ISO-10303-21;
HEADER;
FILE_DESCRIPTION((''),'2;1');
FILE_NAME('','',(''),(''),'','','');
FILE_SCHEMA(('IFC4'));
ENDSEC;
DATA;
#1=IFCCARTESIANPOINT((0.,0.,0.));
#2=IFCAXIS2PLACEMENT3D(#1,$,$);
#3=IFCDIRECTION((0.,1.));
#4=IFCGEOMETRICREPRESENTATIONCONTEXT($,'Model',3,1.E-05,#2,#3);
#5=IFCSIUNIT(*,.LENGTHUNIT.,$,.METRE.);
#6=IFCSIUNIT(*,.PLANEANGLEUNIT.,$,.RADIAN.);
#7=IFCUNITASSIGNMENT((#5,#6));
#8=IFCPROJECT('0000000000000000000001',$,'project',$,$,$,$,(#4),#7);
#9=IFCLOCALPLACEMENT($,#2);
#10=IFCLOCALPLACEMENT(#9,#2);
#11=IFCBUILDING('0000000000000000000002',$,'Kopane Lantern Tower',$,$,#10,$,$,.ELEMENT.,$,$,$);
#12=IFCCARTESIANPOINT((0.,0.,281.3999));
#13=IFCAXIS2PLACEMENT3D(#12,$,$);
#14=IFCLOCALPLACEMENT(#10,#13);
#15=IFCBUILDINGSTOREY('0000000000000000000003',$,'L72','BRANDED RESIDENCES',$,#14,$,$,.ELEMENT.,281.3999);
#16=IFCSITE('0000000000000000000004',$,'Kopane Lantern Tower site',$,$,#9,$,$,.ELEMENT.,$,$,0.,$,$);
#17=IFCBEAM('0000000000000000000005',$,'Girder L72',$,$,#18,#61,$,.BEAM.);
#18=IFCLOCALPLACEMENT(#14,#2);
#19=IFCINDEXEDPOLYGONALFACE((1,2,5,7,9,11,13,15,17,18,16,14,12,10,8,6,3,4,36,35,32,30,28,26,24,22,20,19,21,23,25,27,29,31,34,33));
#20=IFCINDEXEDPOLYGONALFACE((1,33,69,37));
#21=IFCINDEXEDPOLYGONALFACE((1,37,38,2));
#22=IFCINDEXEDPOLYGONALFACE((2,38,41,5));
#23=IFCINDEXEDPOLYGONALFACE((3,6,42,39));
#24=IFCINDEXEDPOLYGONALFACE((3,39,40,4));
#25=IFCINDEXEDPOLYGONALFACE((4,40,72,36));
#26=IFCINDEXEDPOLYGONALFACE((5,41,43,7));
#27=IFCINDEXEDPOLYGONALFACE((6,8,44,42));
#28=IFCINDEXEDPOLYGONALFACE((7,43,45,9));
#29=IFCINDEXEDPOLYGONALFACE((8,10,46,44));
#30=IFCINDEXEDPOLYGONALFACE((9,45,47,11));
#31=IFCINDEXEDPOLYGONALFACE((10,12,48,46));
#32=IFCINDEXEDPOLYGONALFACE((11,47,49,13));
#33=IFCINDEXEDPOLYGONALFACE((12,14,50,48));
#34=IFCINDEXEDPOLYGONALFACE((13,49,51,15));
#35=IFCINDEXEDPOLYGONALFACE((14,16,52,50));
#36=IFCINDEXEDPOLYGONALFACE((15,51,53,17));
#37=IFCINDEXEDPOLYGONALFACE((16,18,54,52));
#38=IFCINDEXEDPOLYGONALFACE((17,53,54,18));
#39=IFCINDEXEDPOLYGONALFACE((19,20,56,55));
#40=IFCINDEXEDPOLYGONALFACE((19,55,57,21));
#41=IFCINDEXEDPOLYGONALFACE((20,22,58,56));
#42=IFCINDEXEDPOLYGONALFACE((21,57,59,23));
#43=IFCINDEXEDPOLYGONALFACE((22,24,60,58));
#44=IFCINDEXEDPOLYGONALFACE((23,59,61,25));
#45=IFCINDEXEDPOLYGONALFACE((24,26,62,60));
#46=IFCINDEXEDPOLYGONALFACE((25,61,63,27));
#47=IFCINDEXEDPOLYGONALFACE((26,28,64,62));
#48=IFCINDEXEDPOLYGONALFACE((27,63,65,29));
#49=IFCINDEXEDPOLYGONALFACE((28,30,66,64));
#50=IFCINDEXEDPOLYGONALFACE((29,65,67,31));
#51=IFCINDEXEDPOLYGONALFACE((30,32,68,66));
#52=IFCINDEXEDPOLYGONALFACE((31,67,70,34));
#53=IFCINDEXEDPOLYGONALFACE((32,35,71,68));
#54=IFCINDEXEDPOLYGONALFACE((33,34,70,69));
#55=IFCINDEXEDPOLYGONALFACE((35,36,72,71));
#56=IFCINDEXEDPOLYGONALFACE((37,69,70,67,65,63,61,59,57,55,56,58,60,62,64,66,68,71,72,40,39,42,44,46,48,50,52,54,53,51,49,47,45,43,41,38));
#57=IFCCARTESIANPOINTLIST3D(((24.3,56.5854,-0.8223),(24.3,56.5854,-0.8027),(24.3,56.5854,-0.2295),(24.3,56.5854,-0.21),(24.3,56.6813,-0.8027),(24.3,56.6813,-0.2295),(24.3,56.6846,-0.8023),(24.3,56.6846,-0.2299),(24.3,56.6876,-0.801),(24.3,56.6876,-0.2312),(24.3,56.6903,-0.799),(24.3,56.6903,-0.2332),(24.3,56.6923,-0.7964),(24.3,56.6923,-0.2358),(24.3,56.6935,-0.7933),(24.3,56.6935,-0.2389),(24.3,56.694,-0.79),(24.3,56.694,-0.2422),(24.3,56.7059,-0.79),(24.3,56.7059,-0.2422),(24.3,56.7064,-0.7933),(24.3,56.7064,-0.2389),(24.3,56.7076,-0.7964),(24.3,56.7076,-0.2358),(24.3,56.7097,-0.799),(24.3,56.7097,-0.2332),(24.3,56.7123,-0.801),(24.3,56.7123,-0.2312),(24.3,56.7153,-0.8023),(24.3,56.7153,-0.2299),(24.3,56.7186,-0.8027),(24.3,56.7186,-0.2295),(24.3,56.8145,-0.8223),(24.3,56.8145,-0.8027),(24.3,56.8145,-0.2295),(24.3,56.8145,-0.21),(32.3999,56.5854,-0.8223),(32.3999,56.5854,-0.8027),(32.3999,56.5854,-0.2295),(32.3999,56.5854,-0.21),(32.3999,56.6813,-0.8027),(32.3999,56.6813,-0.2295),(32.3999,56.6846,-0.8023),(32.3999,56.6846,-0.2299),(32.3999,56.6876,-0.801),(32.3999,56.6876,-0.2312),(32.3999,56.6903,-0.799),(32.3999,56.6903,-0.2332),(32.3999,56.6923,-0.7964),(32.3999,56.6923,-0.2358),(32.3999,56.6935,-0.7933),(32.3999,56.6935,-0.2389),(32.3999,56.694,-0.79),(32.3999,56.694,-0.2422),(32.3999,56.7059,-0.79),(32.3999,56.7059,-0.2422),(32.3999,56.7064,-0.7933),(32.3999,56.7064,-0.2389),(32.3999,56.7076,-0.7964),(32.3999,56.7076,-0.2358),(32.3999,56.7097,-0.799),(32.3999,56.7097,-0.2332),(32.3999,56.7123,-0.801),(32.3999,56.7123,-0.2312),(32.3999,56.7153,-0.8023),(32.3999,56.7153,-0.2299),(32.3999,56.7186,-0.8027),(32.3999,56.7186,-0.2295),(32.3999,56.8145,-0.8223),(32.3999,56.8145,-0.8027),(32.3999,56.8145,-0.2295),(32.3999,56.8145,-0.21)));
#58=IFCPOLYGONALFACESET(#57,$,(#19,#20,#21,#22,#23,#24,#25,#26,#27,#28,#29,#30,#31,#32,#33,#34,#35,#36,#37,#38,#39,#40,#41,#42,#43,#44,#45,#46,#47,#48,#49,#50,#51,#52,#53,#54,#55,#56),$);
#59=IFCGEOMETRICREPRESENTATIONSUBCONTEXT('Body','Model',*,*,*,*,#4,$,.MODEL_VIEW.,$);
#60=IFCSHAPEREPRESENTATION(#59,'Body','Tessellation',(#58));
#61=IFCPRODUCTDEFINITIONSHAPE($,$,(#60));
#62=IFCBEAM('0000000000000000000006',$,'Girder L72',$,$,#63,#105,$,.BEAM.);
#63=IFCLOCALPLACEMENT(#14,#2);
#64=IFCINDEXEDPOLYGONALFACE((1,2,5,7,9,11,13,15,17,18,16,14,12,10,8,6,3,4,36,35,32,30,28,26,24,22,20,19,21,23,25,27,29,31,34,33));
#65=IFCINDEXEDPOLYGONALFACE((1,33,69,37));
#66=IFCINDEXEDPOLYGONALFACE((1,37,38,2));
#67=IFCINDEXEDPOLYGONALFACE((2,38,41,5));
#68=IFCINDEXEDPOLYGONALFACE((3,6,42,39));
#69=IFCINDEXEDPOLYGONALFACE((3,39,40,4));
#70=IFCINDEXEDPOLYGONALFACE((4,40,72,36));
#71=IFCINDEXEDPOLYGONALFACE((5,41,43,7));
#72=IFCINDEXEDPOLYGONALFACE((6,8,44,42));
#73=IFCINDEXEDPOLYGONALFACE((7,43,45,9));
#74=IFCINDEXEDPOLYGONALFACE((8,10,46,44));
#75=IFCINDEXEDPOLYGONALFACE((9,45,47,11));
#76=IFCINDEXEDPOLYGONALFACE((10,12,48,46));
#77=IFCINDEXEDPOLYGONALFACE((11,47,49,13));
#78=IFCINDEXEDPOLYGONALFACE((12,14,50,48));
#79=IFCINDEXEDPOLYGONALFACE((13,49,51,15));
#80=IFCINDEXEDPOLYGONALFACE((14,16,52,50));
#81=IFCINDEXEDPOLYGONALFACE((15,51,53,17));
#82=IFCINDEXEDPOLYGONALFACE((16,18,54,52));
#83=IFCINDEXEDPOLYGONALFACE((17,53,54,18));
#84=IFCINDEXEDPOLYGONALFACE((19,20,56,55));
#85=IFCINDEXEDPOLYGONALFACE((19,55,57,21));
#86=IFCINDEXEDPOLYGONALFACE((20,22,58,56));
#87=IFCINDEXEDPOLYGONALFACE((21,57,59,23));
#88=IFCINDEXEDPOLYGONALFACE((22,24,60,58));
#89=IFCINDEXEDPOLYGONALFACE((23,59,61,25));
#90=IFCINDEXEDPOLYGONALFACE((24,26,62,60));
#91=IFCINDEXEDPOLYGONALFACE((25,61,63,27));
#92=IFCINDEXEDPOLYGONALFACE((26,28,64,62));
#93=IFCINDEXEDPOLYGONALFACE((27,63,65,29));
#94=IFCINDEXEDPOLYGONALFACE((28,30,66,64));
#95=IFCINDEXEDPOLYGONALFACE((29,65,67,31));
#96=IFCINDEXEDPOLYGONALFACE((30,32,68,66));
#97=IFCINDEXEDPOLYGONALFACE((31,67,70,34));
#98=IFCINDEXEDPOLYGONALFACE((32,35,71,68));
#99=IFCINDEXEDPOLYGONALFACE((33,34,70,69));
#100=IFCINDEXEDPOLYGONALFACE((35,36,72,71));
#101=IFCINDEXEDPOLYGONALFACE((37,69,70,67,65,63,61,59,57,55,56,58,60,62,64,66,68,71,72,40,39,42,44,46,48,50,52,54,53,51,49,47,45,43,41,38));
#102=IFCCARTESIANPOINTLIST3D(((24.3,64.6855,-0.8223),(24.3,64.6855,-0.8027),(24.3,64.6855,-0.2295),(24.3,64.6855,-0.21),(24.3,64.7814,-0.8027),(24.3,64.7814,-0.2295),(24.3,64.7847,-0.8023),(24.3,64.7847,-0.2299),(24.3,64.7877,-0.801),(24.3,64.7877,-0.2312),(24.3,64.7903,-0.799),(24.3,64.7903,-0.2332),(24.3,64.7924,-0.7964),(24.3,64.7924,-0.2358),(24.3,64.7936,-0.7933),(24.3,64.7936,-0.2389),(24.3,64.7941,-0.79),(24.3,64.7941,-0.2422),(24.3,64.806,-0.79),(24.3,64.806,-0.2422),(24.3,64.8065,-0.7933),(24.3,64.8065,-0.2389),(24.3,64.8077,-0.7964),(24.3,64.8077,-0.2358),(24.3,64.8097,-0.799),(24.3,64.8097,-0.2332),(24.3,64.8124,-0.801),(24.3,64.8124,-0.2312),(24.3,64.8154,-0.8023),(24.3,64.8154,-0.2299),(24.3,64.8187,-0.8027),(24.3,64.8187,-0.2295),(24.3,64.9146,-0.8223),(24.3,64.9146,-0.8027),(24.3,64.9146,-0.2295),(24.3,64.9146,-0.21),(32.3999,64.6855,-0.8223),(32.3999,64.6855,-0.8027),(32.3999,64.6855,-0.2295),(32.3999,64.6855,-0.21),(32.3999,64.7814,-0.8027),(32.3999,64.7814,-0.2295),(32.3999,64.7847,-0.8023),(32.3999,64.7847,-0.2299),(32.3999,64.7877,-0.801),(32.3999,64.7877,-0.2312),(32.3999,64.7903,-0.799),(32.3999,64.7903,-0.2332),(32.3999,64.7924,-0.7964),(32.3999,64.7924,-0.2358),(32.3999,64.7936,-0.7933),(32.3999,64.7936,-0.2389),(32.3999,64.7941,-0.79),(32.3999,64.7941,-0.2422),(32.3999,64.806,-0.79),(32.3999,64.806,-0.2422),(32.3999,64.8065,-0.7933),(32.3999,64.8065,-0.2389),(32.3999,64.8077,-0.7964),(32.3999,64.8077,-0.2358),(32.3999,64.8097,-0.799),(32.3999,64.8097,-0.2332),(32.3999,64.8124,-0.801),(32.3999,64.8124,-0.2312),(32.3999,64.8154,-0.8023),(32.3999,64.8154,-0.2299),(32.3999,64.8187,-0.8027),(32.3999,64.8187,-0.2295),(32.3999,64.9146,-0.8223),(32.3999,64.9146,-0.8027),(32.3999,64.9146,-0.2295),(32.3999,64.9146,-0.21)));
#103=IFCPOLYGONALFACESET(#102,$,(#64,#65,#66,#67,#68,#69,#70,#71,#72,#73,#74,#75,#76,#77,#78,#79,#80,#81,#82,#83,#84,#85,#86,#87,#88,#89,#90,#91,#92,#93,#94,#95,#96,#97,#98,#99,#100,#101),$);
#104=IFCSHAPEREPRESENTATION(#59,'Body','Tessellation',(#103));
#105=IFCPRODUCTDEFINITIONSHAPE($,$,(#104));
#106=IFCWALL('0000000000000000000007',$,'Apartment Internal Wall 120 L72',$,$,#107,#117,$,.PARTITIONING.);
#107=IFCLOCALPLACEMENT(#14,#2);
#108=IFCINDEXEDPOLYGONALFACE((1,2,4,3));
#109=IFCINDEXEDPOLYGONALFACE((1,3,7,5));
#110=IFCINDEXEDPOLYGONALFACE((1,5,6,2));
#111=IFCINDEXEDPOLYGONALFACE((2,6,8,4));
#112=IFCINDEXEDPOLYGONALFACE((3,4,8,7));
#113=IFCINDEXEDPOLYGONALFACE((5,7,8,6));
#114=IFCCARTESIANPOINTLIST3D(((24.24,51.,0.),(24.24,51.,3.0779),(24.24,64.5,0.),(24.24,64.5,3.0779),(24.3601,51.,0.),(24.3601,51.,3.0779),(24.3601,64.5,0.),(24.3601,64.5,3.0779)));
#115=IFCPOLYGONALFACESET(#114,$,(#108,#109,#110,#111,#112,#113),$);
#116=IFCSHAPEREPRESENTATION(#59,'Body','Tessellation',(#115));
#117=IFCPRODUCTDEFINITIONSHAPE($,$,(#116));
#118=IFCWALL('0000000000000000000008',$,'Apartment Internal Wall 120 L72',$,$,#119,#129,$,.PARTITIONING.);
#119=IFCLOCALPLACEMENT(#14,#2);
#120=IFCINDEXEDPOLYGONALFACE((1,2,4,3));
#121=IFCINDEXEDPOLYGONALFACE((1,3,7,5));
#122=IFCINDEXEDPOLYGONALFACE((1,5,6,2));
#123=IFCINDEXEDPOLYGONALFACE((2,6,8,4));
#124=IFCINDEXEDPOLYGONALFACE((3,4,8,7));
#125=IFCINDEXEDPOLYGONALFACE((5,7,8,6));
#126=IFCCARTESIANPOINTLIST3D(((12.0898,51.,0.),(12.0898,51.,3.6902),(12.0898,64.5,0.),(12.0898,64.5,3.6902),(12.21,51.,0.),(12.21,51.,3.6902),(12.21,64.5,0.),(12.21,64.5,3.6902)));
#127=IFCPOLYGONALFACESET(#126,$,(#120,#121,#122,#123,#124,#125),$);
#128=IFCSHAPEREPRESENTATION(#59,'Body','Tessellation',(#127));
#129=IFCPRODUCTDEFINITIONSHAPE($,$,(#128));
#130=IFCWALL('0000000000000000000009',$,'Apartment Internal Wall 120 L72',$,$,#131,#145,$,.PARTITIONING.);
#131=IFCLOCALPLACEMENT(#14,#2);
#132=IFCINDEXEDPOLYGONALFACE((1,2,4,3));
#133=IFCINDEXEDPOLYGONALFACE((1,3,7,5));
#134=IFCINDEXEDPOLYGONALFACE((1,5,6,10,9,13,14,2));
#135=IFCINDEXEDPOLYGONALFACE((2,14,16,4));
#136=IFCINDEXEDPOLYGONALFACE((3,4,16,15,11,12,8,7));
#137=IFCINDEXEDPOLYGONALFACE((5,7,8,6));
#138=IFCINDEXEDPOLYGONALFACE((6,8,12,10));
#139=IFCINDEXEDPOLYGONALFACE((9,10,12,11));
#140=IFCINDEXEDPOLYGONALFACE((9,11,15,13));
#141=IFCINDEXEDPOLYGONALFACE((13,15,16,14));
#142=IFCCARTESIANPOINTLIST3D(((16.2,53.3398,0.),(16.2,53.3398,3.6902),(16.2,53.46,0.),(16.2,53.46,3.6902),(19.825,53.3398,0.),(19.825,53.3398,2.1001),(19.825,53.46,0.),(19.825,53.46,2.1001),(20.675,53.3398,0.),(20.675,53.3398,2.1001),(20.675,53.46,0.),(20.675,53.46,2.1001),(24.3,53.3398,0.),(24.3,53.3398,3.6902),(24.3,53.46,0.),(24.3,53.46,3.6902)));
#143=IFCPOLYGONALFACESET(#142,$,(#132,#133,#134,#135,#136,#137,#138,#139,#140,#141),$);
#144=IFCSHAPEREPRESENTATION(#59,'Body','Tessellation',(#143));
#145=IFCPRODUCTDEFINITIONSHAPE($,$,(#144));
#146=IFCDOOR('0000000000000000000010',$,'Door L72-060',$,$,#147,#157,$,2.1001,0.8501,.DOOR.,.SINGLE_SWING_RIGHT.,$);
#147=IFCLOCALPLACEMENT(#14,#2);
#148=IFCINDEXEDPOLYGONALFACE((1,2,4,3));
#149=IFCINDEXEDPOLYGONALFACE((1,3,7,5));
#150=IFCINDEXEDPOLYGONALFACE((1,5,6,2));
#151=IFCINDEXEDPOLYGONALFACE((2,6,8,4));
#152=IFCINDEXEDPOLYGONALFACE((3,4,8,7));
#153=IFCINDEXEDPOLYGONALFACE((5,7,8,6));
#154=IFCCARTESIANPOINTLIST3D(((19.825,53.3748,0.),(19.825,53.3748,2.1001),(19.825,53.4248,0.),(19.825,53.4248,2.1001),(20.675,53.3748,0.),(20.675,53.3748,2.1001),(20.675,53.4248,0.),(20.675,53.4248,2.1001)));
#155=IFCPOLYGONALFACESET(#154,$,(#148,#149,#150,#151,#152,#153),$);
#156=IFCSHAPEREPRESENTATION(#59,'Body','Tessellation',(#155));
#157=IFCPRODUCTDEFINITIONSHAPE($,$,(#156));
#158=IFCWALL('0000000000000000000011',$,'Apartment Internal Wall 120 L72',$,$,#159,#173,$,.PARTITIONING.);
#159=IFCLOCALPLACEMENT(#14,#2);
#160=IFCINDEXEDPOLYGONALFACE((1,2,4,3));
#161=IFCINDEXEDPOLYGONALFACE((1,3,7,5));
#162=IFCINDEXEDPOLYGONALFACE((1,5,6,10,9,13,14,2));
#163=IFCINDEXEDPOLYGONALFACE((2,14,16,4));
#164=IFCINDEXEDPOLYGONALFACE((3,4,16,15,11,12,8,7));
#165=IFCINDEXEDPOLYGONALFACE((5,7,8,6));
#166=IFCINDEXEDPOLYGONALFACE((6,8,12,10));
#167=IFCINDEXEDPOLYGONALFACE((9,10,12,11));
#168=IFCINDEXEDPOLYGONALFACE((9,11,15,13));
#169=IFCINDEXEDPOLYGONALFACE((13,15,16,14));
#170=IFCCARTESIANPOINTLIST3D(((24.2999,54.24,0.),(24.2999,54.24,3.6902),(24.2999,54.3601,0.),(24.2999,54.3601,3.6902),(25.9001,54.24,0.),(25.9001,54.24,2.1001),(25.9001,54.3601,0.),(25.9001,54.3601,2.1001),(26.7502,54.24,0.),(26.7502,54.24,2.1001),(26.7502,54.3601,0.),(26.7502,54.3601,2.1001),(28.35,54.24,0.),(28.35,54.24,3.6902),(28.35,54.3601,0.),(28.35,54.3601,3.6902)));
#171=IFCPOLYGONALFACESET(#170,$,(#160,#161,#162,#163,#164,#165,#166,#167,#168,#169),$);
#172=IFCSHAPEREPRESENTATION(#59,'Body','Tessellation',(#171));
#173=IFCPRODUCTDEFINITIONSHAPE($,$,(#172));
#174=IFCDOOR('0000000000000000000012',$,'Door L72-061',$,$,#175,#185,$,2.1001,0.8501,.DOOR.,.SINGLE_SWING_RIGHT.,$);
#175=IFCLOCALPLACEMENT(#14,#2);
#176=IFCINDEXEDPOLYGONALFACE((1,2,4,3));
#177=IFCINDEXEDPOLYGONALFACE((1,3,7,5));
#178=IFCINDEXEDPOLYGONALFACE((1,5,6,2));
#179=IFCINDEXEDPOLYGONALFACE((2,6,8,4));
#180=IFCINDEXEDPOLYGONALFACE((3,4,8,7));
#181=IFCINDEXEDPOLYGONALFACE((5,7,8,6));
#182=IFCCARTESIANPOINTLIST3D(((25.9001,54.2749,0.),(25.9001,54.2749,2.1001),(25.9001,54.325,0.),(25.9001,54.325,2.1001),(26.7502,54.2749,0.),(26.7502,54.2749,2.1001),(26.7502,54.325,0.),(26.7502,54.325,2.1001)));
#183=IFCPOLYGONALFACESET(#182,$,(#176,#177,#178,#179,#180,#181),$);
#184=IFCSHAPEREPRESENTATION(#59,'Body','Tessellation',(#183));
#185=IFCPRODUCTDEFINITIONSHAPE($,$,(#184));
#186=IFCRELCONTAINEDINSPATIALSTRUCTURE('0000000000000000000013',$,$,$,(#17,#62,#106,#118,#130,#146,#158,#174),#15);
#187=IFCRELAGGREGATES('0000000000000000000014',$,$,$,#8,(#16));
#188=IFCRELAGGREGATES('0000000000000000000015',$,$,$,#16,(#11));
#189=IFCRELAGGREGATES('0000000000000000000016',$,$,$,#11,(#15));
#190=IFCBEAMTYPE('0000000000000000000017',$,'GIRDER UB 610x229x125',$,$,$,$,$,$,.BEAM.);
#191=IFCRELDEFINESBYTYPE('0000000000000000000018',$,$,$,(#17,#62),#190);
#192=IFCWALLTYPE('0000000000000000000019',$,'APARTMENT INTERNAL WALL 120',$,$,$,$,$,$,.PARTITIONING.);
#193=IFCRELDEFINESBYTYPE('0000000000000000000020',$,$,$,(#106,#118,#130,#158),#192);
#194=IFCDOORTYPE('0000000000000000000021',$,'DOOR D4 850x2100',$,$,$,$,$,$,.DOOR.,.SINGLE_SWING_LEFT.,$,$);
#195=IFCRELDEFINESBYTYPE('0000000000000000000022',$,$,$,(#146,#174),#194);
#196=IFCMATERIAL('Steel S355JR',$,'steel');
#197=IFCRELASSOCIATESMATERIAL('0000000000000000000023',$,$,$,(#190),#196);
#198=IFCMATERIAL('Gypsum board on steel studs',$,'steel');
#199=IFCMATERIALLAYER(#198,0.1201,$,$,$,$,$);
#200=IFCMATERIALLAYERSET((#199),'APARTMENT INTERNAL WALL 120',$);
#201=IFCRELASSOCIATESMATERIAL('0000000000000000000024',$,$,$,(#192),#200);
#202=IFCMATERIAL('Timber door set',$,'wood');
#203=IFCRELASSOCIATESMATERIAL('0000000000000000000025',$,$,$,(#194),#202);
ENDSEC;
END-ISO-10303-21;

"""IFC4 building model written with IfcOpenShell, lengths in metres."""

from ifc_helpers import new_model, si_unit, direction, frame, frame_2d, origin, origin_2d, place, context, subcontext, project, spatial, rectangle, i_section, extrude, material, layer, layer_set, material_profile, profile_set, type_object, element, fill, save


model = new_model("IFC4")

# Units and contexts
model_context = context("Model", 3, precision=1e-05, world=origin(), true_north=direction((0.0, 1.0)))
body_context = subcontext(model_context, "Body", "Model", "MODEL_VIEW")
ifc_project = project(units=[si_unit("LENGTHUNIT", "METRE"), si_unit("PLANEANGLEUNIT", "RADIAN")], contexts=[model_context])

# Site, building, storey
site_placement = place(None, origin())
site = spatial("IfcSite", under=ifc_project, at=site_placement, Name="Kopane Lantern Tower site", CompositionType="ELEMENT", RefElevation=0.0)
building_placement = place(site_placement, origin())
building = spatial("IfcBuilding", under=site, at=building_placement, Name="Kopane Lantern Tower", CompositionType="ELEMENT")
storey_placement = place(building_placement, frame((0.0, 0.0, 281.3999)))
storey = spatial("IfcBuildingStorey", under=building, at=storey_placement, Name="L72", Description="BRANDED RESIDENCES", CompositionType="ELEMENT", Elevation=281.3999)

# Beams
ifc_material_1 = material(Name="Steel S355JR", Category="steel")
ifc_material_profile_1 = material_profile(ifc_material_1, i_section(OverallWidth=0.229, OverallDepth=0.6123, WebThickness=0.012, FlangeThickness=0.0195, FilletRadius=0.0127, at=origin_2d()), Name="UB 610x229x125")
ifc_profile_set_1 = profile_set([ifc_material_profile_1], Name="Steel S355JR")
beam_type = type_object("IfcBeamType", Name="GIRDER UB 610x229x125", PredefinedType="BEAM", material=ifc_profile_set_1)
for number, where, z_axis, x_axis, name in (
    (1, (24.3, 56.7, -0.5161), (1.0, 0.0, 0.0), (0.0, 1.0, 0.0), "Girder L72"),
    (2, (24.3, 64.8, -0.5161), (1.0, 0.0, 0.0), (0.0, 1.0, 0.0), "Girder L72"),
):
    element("IfcBeam", number, at=place(storey_placement, frame(where, z_axis=z_axis, x_axis=x_axis)), inside=storey, type_object=beam_type, Name=name, PredefinedType="BEAM", context=body_context, shape_type="SweptSolid", body=[
        extrude(i_section(OverallWidth=0.229, OverallDepth=0.6123, WebThickness=0.012, FlangeThickness=0.0195, FilletRadius=0.0127, at=origin_2d()), origin(), (0.0, 0.0, 1.0), 8.0999),
    ])

# Walls
ifc_material_2 = material(Name="Gypsum board on steel studs", Category="steel")
ifc_layer_1 = layer(ifc_material_2, 0.1201)
ifc_layer_set_1 = layer_set([ifc_layer_1], Name="APARTMENT INTERNAL WALL 120")
wall_type_1 = type_object("IfcWallType", Name="APARTMENT INTERNAL WALL 120", PredefinedType="PARTITIONING", material=ifc_layer_set_1)
wall_1_placement = place(storey_placement, frame((24.3, 51.0, 0.0), z_axis=(0.0, 0.0, 1.0), x_axis=(0.0, 1.0, 0.0)))
element("IfcWall", 3, at=wall_1_placement, inside=storey, type_object=wall_type_1, Name="Apartment Internal Wall 120 L72", PredefinedType="PARTITIONING", context=body_context, shape_type="SweptSolid", body=[
    extrude(rectangle(XDim=13.5, YDim=0.1201, at=frame_2d((6.75, 0.0))), origin(), (0.0, 0.0, 1.0), 3.0779),
])
wall_2_placement = place(storey_placement, frame((12.1499, 51.0, 0.0), z_axis=(0.0, 0.0, 1.0), x_axis=(0.0, 1.0, 0.0)))
element("IfcWall", 4, at=wall_2_placement, inside=storey, type_object=wall_type_1, Name="Apartment Internal Wall 120 L72", PredefinedType="PARTITIONING", context=body_context, shape_type="SweptSolid", body=[
    extrude(rectangle(XDim=13.5, YDim=0.1201, at=frame_2d((6.75, 0.0))), origin(), (0.0, 0.0, 1.0), 3.6902),
])

# Walls, openings, doors
wall_3_placement = place(storey_placement, frame((16.2, 53.3999, 0.0), z_axis=(0.0, 0.0, 1.0), x_axis=(1.0, 0.0, 0.0)))
wall_3 = element("IfcWall", 5, at=wall_3_placement, inside=storey, type_object=wall_type_1, Name="Apartment Internal Wall 120 L72", PredefinedType="PARTITIONING", context=body_context, shape_type="SweptSolid", body=[
    extrude(rectangle(XDim=8.1001, YDim=0.1201, at=frame_2d((4.05, 0.0))), origin(), (0.0, 0.0, 1.0), 3.6902),
])
opening_1_placement = place(wall_3_placement, frame((3.625, 0.0, 0.0)))
opening_1 = element("IfcOpeningElement", 6, at=opening_1_placement, cuts=wall_3, PredefinedType="OPENING", context=body_context, shape_type="SweptSolid", body=[
    extrude(rectangle(XDim=0.8501, YDim=2.1001, at=frame_2d((0.425, 1.05))), frame((0.0, 0.0701, 0.0), z_axis=(0.0, -1.0, 0.0), x_axis=(1.0, 0.0, 0.0)), (0.0, 0.0, 1.0), 0.1401),
])
ifc_material_3 = material(Name="Timber door set", Category="wood")
door_type_1 = type_object("IfcDoorType", Name="DOOR D4 850x2100", OperationType="SINGLE_SWING_LEFT", PredefinedType="DOOR", material=ifc_material_3)
door_1_placement = place(opening_1_placement, origin())
door_1 = element("IfcDoor", 7, at=door_1_placement, inside=storey, type_object=door_type_1, Name="Door L72-060", OperationType="SINGLE_SWING_RIGHT", OverallHeight=2.1001, OverallWidth=0.8501, PredefinedType="DOOR", context=body_context, shape_type="SweptSolid", body=[
    extrude(rectangle(XDim=0.8501, YDim=2.1001, at=frame_2d((0.425, 1.05))), frame((0.0, 0.0249, 0.0), z_axis=(0.0, -1.0, 0.0), x_axis=(1.0, 0.0, 0.0)), (0.0, 0.0, 1.0), 0.05),
])
fill(opening_1, door_1)
wall_4_placement = place(storey_placement, frame((24.3, 54.3, 0.0), z_axis=(0.0, 0.0, 1.0), x_axis=(1.0, 0.0, 0.0)))
wall_4 = element("IfcWall", 8, at=wall_4_placement, inside=storey, type_object=wall_type_1, Name="Apartment Internal Wall 120 L72", PredefinedType="PARTITIONING", context=body_context, shape_type="SweptSolid", body=[
    extrude(rectangle(XDim=4.05, YDim=0.1201, at=frame_2d((2.0249, 0.0))), origin(), (0.0, 0.0, 1.0), 3.6902),
])
opening_2_placement = place(wall_4_placement, frame((1.6001, 0.0, 0.0)))
opening_2 = element("IfcOpeningElement", 9, at=opening_2_placement, cuts=wall_4, PredefinedType="OPENING", context=body_context, shape_type="SweptSolid", body=[
    extrude(rectangle(XDim=0.8501, YDim=2.1001, at=frame_2d((0.425, 1.05))), frame((0.0, 0.0701, 0.0), z_axis=(0.0, -1.0, 0.0), x_axis=(1.0, 0.0, 0.0)), (0.0, 0.0, 1.0), 0.1401),
])
door_2_placement = place(opening_2_placement, origin())
door_2 = element("IfcDoor", 10, at=door_2_placement, inside=storey, type_object=door_type_1, Name="Door L72-061", OperationType="SINGLE_SWING_RIGHT", OverallHeight=2.1001, OverallWidth=0.8501, PredefinedType="DOOR", context=body_context, shape_type="SweptSolid", body=[
    extrude(rectangle(XDim=0.8501, YDim=2.1001, at=frame_2d((0.425, 1.05))), frame((0.0, 0.0249, 0.0), z_axis=(0.0, -1.0, 0.0), x_axis=(1.0, 0.0, 0.0)), (0.0, 0.0, 1.0), 0.05),
])
fill(opening_2, door_2)

save(model, "model.ifc")
